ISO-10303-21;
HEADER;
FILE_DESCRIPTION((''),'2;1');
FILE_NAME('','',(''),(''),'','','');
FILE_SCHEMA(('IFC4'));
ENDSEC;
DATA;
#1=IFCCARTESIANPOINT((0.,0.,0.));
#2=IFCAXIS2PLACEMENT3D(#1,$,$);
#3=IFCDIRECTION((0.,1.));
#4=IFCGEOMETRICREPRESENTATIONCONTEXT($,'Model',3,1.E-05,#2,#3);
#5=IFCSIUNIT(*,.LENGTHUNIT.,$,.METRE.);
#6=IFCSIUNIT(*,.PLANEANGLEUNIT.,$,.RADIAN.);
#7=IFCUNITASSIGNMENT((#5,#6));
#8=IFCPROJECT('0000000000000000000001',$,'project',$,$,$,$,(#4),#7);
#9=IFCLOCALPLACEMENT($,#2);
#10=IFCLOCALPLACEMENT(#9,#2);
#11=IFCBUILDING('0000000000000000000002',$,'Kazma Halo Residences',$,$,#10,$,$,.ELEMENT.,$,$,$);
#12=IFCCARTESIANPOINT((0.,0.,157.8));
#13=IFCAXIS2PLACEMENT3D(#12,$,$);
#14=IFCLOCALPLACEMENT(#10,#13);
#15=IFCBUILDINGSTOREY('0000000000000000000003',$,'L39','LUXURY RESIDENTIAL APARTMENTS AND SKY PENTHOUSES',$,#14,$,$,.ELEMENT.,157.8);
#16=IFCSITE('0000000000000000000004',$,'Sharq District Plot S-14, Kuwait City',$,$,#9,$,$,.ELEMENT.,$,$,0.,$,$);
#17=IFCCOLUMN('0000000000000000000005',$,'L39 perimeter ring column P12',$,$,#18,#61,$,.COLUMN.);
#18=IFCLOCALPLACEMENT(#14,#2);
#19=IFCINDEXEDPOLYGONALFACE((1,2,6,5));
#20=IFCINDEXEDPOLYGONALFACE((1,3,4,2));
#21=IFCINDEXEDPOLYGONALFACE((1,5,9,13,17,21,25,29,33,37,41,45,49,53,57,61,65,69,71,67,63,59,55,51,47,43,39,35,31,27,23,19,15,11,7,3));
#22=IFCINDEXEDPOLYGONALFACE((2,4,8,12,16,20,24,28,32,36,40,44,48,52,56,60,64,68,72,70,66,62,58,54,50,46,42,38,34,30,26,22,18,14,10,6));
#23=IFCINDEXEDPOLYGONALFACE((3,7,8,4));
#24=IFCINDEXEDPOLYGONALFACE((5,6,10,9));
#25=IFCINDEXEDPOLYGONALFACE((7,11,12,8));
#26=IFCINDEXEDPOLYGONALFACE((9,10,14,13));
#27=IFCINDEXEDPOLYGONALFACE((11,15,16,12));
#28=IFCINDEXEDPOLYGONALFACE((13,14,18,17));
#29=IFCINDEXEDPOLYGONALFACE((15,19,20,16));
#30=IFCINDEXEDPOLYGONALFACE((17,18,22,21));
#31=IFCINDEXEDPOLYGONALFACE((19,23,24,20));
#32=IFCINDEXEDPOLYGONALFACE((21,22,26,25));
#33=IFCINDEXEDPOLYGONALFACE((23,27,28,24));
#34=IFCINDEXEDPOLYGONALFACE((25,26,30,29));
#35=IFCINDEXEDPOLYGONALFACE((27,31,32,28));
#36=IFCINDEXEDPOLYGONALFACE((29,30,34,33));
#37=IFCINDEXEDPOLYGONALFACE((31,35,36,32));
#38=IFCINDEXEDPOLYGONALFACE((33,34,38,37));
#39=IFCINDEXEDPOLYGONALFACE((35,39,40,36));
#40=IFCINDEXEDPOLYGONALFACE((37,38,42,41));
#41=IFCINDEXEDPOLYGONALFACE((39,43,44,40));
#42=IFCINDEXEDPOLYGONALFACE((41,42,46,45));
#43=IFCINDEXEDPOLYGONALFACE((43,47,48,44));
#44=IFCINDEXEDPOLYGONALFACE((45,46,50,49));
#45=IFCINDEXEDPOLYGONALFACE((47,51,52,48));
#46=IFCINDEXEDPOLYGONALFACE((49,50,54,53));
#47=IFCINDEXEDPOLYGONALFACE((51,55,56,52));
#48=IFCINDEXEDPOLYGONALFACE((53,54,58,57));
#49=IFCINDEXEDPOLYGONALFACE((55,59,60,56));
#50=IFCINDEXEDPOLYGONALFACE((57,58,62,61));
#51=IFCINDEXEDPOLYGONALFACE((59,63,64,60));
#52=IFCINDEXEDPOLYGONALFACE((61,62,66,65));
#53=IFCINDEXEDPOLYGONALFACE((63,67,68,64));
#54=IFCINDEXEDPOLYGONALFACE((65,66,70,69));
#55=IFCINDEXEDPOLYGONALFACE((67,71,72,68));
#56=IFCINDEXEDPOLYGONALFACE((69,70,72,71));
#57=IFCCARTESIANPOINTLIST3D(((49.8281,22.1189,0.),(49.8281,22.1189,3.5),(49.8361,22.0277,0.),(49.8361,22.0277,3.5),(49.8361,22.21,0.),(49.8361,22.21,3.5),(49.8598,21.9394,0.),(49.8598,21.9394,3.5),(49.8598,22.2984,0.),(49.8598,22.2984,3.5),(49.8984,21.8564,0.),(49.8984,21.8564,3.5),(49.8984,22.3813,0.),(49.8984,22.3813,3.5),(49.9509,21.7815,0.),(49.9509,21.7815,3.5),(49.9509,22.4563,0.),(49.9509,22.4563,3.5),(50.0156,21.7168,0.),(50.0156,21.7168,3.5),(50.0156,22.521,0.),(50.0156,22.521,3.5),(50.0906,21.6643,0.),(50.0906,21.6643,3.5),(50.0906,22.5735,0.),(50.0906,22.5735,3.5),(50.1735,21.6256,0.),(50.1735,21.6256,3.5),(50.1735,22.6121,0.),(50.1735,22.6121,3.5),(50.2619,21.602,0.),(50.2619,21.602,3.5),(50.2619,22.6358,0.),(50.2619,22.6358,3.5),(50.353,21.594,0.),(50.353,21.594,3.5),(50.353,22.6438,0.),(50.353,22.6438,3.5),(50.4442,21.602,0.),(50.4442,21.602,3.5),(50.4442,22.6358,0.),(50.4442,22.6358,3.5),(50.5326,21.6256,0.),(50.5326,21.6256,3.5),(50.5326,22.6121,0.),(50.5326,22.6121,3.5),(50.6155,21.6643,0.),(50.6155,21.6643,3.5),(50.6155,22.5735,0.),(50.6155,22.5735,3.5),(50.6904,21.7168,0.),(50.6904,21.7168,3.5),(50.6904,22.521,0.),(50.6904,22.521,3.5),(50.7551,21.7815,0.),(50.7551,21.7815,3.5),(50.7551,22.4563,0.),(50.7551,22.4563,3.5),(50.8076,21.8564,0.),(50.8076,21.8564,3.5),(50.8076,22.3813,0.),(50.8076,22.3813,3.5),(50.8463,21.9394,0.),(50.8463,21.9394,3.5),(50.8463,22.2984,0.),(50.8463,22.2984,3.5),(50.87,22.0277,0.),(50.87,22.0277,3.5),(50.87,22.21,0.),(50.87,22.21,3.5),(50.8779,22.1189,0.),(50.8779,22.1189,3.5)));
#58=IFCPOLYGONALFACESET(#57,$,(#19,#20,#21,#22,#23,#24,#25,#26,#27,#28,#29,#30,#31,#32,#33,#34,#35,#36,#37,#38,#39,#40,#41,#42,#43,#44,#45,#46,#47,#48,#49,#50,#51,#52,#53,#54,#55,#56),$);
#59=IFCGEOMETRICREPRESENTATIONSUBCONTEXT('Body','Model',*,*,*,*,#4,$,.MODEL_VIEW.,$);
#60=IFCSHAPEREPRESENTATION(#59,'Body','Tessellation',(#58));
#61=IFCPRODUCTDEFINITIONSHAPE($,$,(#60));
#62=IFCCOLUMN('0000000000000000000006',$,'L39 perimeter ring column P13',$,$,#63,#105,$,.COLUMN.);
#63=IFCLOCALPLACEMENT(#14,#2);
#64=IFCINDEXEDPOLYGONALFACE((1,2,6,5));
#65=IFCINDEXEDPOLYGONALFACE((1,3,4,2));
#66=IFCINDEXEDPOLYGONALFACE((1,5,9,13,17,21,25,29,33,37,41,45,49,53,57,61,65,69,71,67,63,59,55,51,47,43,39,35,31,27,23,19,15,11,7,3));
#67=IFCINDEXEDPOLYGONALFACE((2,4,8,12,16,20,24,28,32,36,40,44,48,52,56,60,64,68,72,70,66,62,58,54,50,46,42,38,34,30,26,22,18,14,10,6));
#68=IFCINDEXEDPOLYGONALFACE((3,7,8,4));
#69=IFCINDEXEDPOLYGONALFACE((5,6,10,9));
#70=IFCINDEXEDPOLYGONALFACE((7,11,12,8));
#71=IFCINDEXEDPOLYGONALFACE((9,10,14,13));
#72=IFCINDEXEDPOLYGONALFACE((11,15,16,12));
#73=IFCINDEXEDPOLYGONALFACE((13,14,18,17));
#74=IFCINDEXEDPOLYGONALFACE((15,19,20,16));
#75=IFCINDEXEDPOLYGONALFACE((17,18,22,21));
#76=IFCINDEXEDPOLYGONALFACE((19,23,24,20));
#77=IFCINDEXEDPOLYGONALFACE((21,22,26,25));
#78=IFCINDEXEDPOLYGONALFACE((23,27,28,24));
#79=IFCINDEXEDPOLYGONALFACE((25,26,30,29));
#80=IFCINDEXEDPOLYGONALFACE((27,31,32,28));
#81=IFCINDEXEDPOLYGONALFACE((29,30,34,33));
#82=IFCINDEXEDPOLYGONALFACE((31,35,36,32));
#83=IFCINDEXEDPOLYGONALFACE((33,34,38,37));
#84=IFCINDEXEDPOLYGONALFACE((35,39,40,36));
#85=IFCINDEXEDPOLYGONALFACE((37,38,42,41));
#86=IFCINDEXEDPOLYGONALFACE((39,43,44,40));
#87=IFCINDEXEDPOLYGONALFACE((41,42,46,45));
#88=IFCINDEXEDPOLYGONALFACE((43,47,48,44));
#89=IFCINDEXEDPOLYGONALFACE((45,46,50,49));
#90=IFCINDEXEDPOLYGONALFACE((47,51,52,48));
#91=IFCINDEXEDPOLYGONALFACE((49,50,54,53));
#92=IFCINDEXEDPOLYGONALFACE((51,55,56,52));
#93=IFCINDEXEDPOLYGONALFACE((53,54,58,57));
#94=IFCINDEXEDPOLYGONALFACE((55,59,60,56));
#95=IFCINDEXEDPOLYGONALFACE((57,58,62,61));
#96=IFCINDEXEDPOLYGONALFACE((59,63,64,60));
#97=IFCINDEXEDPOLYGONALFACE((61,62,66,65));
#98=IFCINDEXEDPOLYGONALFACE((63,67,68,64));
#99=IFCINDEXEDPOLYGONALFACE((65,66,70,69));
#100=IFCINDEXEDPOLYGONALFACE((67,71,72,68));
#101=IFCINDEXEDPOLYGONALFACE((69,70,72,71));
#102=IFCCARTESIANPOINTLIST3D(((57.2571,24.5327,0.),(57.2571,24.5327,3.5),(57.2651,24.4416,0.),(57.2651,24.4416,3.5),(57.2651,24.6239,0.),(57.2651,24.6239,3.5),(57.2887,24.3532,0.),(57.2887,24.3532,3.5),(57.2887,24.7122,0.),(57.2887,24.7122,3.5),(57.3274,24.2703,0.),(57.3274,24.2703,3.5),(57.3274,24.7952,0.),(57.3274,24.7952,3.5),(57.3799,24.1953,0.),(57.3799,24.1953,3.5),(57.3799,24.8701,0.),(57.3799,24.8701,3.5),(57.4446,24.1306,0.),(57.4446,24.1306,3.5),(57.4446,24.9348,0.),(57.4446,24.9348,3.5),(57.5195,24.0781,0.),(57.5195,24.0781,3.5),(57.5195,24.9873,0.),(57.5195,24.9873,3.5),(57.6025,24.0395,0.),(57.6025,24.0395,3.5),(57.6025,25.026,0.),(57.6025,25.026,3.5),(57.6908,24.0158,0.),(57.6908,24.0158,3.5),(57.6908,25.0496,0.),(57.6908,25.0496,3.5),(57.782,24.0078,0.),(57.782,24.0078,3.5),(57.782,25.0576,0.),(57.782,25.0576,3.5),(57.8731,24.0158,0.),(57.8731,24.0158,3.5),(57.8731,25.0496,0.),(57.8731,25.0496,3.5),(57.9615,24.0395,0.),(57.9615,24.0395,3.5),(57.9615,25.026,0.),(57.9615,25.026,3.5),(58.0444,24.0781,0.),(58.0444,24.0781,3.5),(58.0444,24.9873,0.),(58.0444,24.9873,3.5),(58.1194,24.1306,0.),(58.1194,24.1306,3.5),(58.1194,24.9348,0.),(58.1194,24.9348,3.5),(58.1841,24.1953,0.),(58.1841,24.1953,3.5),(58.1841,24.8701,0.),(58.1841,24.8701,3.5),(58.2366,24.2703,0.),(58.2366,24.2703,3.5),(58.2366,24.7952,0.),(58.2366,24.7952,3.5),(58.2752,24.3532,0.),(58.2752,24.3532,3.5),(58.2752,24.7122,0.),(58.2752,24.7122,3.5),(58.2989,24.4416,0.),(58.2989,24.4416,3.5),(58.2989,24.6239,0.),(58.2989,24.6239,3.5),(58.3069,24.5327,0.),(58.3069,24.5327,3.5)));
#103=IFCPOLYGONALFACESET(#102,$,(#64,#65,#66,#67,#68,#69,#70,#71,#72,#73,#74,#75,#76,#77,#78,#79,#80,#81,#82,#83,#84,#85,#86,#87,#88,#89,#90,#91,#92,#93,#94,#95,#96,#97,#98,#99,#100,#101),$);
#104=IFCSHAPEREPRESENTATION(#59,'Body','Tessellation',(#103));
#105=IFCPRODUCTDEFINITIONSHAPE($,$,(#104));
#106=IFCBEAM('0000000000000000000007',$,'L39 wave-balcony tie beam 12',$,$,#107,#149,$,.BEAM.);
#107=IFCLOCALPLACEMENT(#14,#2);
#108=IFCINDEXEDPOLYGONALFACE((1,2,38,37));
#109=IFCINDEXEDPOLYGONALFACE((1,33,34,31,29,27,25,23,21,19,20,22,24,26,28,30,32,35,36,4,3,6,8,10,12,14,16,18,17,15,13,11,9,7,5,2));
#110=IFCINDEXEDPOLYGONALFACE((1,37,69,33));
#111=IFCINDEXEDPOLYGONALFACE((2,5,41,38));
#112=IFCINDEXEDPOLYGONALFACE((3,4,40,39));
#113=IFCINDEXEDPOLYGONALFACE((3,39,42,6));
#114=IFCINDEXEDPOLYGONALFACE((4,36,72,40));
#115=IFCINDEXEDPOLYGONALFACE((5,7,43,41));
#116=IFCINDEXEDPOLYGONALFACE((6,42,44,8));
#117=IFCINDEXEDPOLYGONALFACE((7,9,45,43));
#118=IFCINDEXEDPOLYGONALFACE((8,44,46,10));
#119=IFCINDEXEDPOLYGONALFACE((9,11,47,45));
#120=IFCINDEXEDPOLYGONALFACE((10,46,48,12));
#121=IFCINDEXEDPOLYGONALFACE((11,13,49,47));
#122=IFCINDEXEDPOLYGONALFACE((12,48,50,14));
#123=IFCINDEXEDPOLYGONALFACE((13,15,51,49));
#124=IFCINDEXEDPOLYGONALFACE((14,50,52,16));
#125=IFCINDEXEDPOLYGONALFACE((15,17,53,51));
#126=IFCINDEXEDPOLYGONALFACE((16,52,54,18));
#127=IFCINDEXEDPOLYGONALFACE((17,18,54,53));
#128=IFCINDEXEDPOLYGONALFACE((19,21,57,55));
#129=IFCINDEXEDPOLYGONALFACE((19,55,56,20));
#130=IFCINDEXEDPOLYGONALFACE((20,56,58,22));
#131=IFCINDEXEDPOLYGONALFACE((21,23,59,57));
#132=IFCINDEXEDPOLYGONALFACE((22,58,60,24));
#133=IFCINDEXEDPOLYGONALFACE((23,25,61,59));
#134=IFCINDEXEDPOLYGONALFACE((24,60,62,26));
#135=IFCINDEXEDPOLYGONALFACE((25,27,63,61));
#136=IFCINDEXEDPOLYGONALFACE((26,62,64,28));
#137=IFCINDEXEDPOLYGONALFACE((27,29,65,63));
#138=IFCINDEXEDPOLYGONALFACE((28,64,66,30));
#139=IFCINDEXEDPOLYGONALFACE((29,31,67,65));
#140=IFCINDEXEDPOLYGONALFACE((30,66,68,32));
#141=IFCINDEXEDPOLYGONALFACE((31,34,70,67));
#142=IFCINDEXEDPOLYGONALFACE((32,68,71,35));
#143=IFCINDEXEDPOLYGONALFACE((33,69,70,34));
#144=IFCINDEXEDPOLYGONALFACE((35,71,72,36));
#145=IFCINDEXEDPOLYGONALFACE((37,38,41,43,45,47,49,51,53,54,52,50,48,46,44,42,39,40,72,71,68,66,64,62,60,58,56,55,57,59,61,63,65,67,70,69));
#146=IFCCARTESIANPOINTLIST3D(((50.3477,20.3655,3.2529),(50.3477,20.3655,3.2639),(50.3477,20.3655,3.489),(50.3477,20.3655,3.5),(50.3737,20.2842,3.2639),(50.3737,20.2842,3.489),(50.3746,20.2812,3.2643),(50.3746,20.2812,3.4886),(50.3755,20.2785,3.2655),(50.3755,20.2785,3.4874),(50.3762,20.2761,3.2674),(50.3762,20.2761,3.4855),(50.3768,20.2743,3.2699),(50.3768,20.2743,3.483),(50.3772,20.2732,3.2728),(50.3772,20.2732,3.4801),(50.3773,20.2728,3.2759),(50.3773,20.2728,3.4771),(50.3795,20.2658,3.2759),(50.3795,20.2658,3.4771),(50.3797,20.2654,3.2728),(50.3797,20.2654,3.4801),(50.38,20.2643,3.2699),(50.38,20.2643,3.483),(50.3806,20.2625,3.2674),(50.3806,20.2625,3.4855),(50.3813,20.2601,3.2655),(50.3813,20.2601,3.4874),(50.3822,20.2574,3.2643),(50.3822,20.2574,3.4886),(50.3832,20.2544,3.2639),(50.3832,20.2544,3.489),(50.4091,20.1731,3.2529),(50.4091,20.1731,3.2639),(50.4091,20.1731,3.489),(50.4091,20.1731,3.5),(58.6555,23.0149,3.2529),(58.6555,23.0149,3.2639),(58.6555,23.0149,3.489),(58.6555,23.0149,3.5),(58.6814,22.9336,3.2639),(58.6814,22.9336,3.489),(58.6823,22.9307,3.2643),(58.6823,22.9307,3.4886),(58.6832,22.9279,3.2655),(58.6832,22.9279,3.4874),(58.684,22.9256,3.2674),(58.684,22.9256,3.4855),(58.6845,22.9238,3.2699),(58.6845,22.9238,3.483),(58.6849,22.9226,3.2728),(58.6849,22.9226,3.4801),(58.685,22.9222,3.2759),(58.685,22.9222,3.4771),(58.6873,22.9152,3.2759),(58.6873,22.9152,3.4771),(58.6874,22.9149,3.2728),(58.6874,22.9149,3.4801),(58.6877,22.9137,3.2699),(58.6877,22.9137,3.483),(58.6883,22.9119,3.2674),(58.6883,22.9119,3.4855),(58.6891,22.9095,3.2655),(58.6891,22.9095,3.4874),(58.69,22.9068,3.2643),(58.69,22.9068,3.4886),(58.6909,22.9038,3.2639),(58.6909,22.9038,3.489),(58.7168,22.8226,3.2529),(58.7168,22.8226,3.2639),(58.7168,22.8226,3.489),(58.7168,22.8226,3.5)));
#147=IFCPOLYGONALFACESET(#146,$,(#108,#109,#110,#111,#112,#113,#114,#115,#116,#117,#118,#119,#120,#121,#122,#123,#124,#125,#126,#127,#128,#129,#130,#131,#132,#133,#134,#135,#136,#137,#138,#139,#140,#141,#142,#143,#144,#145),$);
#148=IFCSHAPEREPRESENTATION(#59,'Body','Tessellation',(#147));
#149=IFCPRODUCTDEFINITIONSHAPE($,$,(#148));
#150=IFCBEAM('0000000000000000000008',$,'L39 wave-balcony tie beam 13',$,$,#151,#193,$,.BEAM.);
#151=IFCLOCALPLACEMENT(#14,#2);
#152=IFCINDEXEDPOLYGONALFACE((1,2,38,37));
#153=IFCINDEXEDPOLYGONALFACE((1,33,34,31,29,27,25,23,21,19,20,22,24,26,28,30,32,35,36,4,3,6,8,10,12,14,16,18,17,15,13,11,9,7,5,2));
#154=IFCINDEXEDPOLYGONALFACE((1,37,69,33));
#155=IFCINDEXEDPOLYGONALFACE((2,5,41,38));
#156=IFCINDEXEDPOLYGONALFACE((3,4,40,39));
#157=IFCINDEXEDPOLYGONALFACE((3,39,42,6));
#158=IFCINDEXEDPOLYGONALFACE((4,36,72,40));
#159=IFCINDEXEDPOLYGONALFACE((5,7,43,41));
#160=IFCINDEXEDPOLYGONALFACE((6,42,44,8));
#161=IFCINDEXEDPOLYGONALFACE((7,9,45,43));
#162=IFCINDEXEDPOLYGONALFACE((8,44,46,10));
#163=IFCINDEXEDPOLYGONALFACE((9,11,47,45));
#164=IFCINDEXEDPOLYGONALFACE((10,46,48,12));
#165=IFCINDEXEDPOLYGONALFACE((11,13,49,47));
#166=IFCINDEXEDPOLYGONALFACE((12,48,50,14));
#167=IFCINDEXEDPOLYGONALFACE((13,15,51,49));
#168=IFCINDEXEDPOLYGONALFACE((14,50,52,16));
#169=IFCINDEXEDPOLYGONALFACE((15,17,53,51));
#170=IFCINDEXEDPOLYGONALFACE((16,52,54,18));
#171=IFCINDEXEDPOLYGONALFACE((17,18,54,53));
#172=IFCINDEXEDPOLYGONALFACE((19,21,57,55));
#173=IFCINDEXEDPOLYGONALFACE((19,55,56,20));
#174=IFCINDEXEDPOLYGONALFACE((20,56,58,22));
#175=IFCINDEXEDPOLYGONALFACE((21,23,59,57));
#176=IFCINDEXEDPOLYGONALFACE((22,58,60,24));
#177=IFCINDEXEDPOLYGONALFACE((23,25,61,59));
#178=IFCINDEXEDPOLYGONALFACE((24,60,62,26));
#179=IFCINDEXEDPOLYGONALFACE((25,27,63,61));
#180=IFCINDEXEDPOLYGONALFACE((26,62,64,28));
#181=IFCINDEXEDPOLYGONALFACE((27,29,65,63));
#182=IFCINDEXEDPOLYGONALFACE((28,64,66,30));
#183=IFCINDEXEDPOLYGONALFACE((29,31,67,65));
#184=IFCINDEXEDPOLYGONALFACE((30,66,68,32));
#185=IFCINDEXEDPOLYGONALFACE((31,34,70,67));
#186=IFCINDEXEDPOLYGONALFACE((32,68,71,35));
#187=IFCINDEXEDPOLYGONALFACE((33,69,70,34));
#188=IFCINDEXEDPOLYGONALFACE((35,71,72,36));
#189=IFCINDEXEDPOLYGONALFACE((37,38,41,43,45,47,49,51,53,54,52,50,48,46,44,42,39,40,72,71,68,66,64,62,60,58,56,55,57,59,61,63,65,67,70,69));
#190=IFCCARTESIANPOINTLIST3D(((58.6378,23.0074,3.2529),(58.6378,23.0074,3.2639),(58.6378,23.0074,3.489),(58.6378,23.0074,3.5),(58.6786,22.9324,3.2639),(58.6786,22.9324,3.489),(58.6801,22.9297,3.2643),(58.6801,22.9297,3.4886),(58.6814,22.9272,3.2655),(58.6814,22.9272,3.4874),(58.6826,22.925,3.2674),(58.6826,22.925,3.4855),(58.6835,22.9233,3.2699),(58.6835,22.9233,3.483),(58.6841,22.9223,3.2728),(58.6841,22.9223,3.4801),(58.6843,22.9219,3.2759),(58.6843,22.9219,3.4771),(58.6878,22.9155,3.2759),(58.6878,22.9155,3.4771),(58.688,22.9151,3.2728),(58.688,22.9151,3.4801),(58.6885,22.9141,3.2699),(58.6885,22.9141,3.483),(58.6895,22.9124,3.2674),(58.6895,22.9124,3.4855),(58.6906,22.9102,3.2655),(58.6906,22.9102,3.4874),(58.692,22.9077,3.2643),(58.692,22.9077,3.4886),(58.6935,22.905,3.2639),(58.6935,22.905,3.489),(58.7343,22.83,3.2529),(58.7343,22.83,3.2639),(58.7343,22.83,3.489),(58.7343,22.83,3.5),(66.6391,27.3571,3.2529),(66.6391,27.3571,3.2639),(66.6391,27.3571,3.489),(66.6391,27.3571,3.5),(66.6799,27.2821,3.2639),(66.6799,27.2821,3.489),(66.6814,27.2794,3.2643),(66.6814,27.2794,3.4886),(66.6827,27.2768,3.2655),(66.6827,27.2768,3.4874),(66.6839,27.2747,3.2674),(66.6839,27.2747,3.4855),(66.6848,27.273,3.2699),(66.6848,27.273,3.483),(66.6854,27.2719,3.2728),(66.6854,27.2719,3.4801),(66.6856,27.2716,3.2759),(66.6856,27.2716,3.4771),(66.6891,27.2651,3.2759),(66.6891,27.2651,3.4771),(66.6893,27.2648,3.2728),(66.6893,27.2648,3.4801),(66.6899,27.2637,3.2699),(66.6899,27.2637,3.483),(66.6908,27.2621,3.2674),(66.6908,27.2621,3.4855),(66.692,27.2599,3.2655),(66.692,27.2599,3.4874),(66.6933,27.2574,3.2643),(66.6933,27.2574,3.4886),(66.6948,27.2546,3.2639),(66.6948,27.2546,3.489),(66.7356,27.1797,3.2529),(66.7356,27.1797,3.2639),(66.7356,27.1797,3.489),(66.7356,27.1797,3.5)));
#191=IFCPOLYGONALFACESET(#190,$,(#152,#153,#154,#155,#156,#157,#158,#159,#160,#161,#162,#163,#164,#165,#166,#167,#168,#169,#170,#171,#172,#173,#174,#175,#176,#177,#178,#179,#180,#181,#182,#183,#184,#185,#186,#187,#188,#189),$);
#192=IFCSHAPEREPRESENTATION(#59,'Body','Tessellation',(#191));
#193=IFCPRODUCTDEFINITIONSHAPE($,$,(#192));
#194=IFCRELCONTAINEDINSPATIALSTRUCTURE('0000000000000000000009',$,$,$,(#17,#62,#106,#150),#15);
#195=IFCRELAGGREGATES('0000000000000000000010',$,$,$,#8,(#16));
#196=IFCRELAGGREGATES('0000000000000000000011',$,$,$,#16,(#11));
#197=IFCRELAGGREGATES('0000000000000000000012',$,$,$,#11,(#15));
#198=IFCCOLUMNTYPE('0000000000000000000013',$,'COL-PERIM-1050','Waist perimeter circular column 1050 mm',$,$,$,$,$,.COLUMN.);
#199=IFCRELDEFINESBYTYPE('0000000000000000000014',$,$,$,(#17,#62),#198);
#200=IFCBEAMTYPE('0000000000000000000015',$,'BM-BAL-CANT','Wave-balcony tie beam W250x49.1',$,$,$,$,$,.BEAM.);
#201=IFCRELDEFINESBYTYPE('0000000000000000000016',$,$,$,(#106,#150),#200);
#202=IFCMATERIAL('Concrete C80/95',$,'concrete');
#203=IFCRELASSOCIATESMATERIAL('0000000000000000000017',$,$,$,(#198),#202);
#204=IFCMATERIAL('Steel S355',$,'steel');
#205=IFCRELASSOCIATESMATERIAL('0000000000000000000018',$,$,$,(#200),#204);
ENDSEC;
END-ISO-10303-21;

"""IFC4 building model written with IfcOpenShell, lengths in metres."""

from ifc_helpers import new_model, si_unit, direction, frame, origin, origin_2d, place, context, subcontext, project, spatial, circle, i_section, extrude, material, material_profile, profile_set, type_object, element, save


model = new_model("IFC4")

# Units and contexts
model_context = context("Model", 3, precision=1e-05, world=origin(), true_north=direction((0.0, 1.0)))
body_context = subcontext(model_context, "Body", "Model", "MODEL_VIEW")
ifc_project = project(units=[si_unit("LENGTHUNIT", "METRE"), si_unit("PLANEANGLEUNIT", "RADIAN")], contexts=[model_context])

# Site, building, storey
site_placement = place(None, origin())
site = spatial("IfcSite", under=ifc_project, at=site_placement, Name="Sharq District Plot S-14, Kuwait City", CompositionType="ELEMENT", RefElevation=0.0)
building_placement = place(site_placement, origin())
building = spatial("IfcBuilding", under=site, at=building_placement, Name="Kazma Halo Residences", CompositionType="ELEMENT")
storey_placement = place(building_placement, frame((0.0, 0.0, 157.8)))
storey = spatial("IfcBuildingStorey", under=building, at=storey_placement, Name="L39", Description="LUXURY RESIDENTIAL APARTMENTS AND SKY PENTHOUSES", CompositionType="ELEMENT", Elevation=157.8)

# Columns
ifc_material_1 = material(Name="Concrete C80/95", Category="concrete")
ifc_material_profile_1 = material_profile(ifc_material_1, circle(Radius=0.5249, at=origin_2d()), Name="CIRC1050")
ifc_profile_set_1 = profile_set([ifc_material_profile_1], Name="Concrete C80/95")
column_type = type_object("IfcColumnType", Name="COL-PERIM-1050", Description="Waist perimeter circular column 1050 mm", PredefinedType="COLUMN", material=ifc_profile_set_1)
for number, where, z_axis, x_axis, name in (
    (1, (50.353, 22.1189, 0.0), (0.0, 0.0, 1.0), (1.0, 0.0, 0.0), "L39 perimeter ring column P12"),
    (2, (57.782, 24.5327, 0.0), (0.0, 0.0, 1.0), (1.0, 0.0, 0.0), "L39 perimeter ring column P13"),
):
    element("IfcColumn", number, at=place(storey_placement, frame(where, z_axis=z_axis, x_axis=x_axis)), inside=storey, type_object=column_type, Name=name, PredefinedType="COLUMN", context=body_context, shape_type="SweptSolid", body=[
        extrude(circle(Radius=0.5249, at=origin_2d()), origin(), (0.0, 0.0, 1.0), 3.5),
    ])

# Beams
ifc_material_2 = material(Name="Steel S355", Category="steel")
ifc_material_profile_2 = material_profile(ifc_material_2, i_section(OverallWidth=0.2019, OverallDepth=0.2471, WebThickness=0.0073, FlangeThickness=0.011, FilletRadius=0.012, at=origin_2d()), Name="W250x49.1")
ifc_profile_set_2 = profile_set([ifc_material_profile_2], Name="Steel S355")
beam_type_1 = type_object("IfcBeamType", Name="BM-BAL-CANT", Description="Wave-balcony tie beam W250x49.1", PredefinedType="BEAM", material=ifc_profile_set_2)
beam_1_placement = place(storey_placement, frame((50.3784, 20.2693, 3.3765), z_axis=(0.952724, 0.303837, 0.0), x_axis=(-0.303837, 0.952724, 0.0)))
element("IfcBeam", 3, at=beam_1_placement, inside=storey, type_object=beam_type_1, Name="L39 wave-balcony tie beam 12", PredefinedType="BEAM", context=body_context, shape_type="SweptSolid", body=[
    extrude(i_section(OverallWidth=0.2019, OverallDepth=0.2471, WebThickness=0.0073, FlangeThickness=0.011, FilletRadius=0.012, at=origin_2d()), origin(), (0.0, 0.0, 1.0), 8.72),
])
beam_2_placement = place(storey_placement, frame((58.686, 22.9187, 3.3765), z_axis=(0.878573, 0.477608, 0.0), x_axis=(-0.477608, 0.878573, 0.0)))
element("IfcBeam", 4, at=beam_2_placement, inside=storey, type_object=beam_type_1, Name="L39 wave-balcony tie beam 13", PredefinedType="BEAM", context=body_context, shape_type="SweptSolid", body=[
    extrude(i_section(OverallWidth=0.2019, OverallDepth=0.2471, WebThickness=0.0073, FlangeThickness=0.011, FilletRadius=0.012, at=origin_2d()), origin(), (0.0, 0.0, 1.0), 9.1072),
])

save(model, "model.ifc")
